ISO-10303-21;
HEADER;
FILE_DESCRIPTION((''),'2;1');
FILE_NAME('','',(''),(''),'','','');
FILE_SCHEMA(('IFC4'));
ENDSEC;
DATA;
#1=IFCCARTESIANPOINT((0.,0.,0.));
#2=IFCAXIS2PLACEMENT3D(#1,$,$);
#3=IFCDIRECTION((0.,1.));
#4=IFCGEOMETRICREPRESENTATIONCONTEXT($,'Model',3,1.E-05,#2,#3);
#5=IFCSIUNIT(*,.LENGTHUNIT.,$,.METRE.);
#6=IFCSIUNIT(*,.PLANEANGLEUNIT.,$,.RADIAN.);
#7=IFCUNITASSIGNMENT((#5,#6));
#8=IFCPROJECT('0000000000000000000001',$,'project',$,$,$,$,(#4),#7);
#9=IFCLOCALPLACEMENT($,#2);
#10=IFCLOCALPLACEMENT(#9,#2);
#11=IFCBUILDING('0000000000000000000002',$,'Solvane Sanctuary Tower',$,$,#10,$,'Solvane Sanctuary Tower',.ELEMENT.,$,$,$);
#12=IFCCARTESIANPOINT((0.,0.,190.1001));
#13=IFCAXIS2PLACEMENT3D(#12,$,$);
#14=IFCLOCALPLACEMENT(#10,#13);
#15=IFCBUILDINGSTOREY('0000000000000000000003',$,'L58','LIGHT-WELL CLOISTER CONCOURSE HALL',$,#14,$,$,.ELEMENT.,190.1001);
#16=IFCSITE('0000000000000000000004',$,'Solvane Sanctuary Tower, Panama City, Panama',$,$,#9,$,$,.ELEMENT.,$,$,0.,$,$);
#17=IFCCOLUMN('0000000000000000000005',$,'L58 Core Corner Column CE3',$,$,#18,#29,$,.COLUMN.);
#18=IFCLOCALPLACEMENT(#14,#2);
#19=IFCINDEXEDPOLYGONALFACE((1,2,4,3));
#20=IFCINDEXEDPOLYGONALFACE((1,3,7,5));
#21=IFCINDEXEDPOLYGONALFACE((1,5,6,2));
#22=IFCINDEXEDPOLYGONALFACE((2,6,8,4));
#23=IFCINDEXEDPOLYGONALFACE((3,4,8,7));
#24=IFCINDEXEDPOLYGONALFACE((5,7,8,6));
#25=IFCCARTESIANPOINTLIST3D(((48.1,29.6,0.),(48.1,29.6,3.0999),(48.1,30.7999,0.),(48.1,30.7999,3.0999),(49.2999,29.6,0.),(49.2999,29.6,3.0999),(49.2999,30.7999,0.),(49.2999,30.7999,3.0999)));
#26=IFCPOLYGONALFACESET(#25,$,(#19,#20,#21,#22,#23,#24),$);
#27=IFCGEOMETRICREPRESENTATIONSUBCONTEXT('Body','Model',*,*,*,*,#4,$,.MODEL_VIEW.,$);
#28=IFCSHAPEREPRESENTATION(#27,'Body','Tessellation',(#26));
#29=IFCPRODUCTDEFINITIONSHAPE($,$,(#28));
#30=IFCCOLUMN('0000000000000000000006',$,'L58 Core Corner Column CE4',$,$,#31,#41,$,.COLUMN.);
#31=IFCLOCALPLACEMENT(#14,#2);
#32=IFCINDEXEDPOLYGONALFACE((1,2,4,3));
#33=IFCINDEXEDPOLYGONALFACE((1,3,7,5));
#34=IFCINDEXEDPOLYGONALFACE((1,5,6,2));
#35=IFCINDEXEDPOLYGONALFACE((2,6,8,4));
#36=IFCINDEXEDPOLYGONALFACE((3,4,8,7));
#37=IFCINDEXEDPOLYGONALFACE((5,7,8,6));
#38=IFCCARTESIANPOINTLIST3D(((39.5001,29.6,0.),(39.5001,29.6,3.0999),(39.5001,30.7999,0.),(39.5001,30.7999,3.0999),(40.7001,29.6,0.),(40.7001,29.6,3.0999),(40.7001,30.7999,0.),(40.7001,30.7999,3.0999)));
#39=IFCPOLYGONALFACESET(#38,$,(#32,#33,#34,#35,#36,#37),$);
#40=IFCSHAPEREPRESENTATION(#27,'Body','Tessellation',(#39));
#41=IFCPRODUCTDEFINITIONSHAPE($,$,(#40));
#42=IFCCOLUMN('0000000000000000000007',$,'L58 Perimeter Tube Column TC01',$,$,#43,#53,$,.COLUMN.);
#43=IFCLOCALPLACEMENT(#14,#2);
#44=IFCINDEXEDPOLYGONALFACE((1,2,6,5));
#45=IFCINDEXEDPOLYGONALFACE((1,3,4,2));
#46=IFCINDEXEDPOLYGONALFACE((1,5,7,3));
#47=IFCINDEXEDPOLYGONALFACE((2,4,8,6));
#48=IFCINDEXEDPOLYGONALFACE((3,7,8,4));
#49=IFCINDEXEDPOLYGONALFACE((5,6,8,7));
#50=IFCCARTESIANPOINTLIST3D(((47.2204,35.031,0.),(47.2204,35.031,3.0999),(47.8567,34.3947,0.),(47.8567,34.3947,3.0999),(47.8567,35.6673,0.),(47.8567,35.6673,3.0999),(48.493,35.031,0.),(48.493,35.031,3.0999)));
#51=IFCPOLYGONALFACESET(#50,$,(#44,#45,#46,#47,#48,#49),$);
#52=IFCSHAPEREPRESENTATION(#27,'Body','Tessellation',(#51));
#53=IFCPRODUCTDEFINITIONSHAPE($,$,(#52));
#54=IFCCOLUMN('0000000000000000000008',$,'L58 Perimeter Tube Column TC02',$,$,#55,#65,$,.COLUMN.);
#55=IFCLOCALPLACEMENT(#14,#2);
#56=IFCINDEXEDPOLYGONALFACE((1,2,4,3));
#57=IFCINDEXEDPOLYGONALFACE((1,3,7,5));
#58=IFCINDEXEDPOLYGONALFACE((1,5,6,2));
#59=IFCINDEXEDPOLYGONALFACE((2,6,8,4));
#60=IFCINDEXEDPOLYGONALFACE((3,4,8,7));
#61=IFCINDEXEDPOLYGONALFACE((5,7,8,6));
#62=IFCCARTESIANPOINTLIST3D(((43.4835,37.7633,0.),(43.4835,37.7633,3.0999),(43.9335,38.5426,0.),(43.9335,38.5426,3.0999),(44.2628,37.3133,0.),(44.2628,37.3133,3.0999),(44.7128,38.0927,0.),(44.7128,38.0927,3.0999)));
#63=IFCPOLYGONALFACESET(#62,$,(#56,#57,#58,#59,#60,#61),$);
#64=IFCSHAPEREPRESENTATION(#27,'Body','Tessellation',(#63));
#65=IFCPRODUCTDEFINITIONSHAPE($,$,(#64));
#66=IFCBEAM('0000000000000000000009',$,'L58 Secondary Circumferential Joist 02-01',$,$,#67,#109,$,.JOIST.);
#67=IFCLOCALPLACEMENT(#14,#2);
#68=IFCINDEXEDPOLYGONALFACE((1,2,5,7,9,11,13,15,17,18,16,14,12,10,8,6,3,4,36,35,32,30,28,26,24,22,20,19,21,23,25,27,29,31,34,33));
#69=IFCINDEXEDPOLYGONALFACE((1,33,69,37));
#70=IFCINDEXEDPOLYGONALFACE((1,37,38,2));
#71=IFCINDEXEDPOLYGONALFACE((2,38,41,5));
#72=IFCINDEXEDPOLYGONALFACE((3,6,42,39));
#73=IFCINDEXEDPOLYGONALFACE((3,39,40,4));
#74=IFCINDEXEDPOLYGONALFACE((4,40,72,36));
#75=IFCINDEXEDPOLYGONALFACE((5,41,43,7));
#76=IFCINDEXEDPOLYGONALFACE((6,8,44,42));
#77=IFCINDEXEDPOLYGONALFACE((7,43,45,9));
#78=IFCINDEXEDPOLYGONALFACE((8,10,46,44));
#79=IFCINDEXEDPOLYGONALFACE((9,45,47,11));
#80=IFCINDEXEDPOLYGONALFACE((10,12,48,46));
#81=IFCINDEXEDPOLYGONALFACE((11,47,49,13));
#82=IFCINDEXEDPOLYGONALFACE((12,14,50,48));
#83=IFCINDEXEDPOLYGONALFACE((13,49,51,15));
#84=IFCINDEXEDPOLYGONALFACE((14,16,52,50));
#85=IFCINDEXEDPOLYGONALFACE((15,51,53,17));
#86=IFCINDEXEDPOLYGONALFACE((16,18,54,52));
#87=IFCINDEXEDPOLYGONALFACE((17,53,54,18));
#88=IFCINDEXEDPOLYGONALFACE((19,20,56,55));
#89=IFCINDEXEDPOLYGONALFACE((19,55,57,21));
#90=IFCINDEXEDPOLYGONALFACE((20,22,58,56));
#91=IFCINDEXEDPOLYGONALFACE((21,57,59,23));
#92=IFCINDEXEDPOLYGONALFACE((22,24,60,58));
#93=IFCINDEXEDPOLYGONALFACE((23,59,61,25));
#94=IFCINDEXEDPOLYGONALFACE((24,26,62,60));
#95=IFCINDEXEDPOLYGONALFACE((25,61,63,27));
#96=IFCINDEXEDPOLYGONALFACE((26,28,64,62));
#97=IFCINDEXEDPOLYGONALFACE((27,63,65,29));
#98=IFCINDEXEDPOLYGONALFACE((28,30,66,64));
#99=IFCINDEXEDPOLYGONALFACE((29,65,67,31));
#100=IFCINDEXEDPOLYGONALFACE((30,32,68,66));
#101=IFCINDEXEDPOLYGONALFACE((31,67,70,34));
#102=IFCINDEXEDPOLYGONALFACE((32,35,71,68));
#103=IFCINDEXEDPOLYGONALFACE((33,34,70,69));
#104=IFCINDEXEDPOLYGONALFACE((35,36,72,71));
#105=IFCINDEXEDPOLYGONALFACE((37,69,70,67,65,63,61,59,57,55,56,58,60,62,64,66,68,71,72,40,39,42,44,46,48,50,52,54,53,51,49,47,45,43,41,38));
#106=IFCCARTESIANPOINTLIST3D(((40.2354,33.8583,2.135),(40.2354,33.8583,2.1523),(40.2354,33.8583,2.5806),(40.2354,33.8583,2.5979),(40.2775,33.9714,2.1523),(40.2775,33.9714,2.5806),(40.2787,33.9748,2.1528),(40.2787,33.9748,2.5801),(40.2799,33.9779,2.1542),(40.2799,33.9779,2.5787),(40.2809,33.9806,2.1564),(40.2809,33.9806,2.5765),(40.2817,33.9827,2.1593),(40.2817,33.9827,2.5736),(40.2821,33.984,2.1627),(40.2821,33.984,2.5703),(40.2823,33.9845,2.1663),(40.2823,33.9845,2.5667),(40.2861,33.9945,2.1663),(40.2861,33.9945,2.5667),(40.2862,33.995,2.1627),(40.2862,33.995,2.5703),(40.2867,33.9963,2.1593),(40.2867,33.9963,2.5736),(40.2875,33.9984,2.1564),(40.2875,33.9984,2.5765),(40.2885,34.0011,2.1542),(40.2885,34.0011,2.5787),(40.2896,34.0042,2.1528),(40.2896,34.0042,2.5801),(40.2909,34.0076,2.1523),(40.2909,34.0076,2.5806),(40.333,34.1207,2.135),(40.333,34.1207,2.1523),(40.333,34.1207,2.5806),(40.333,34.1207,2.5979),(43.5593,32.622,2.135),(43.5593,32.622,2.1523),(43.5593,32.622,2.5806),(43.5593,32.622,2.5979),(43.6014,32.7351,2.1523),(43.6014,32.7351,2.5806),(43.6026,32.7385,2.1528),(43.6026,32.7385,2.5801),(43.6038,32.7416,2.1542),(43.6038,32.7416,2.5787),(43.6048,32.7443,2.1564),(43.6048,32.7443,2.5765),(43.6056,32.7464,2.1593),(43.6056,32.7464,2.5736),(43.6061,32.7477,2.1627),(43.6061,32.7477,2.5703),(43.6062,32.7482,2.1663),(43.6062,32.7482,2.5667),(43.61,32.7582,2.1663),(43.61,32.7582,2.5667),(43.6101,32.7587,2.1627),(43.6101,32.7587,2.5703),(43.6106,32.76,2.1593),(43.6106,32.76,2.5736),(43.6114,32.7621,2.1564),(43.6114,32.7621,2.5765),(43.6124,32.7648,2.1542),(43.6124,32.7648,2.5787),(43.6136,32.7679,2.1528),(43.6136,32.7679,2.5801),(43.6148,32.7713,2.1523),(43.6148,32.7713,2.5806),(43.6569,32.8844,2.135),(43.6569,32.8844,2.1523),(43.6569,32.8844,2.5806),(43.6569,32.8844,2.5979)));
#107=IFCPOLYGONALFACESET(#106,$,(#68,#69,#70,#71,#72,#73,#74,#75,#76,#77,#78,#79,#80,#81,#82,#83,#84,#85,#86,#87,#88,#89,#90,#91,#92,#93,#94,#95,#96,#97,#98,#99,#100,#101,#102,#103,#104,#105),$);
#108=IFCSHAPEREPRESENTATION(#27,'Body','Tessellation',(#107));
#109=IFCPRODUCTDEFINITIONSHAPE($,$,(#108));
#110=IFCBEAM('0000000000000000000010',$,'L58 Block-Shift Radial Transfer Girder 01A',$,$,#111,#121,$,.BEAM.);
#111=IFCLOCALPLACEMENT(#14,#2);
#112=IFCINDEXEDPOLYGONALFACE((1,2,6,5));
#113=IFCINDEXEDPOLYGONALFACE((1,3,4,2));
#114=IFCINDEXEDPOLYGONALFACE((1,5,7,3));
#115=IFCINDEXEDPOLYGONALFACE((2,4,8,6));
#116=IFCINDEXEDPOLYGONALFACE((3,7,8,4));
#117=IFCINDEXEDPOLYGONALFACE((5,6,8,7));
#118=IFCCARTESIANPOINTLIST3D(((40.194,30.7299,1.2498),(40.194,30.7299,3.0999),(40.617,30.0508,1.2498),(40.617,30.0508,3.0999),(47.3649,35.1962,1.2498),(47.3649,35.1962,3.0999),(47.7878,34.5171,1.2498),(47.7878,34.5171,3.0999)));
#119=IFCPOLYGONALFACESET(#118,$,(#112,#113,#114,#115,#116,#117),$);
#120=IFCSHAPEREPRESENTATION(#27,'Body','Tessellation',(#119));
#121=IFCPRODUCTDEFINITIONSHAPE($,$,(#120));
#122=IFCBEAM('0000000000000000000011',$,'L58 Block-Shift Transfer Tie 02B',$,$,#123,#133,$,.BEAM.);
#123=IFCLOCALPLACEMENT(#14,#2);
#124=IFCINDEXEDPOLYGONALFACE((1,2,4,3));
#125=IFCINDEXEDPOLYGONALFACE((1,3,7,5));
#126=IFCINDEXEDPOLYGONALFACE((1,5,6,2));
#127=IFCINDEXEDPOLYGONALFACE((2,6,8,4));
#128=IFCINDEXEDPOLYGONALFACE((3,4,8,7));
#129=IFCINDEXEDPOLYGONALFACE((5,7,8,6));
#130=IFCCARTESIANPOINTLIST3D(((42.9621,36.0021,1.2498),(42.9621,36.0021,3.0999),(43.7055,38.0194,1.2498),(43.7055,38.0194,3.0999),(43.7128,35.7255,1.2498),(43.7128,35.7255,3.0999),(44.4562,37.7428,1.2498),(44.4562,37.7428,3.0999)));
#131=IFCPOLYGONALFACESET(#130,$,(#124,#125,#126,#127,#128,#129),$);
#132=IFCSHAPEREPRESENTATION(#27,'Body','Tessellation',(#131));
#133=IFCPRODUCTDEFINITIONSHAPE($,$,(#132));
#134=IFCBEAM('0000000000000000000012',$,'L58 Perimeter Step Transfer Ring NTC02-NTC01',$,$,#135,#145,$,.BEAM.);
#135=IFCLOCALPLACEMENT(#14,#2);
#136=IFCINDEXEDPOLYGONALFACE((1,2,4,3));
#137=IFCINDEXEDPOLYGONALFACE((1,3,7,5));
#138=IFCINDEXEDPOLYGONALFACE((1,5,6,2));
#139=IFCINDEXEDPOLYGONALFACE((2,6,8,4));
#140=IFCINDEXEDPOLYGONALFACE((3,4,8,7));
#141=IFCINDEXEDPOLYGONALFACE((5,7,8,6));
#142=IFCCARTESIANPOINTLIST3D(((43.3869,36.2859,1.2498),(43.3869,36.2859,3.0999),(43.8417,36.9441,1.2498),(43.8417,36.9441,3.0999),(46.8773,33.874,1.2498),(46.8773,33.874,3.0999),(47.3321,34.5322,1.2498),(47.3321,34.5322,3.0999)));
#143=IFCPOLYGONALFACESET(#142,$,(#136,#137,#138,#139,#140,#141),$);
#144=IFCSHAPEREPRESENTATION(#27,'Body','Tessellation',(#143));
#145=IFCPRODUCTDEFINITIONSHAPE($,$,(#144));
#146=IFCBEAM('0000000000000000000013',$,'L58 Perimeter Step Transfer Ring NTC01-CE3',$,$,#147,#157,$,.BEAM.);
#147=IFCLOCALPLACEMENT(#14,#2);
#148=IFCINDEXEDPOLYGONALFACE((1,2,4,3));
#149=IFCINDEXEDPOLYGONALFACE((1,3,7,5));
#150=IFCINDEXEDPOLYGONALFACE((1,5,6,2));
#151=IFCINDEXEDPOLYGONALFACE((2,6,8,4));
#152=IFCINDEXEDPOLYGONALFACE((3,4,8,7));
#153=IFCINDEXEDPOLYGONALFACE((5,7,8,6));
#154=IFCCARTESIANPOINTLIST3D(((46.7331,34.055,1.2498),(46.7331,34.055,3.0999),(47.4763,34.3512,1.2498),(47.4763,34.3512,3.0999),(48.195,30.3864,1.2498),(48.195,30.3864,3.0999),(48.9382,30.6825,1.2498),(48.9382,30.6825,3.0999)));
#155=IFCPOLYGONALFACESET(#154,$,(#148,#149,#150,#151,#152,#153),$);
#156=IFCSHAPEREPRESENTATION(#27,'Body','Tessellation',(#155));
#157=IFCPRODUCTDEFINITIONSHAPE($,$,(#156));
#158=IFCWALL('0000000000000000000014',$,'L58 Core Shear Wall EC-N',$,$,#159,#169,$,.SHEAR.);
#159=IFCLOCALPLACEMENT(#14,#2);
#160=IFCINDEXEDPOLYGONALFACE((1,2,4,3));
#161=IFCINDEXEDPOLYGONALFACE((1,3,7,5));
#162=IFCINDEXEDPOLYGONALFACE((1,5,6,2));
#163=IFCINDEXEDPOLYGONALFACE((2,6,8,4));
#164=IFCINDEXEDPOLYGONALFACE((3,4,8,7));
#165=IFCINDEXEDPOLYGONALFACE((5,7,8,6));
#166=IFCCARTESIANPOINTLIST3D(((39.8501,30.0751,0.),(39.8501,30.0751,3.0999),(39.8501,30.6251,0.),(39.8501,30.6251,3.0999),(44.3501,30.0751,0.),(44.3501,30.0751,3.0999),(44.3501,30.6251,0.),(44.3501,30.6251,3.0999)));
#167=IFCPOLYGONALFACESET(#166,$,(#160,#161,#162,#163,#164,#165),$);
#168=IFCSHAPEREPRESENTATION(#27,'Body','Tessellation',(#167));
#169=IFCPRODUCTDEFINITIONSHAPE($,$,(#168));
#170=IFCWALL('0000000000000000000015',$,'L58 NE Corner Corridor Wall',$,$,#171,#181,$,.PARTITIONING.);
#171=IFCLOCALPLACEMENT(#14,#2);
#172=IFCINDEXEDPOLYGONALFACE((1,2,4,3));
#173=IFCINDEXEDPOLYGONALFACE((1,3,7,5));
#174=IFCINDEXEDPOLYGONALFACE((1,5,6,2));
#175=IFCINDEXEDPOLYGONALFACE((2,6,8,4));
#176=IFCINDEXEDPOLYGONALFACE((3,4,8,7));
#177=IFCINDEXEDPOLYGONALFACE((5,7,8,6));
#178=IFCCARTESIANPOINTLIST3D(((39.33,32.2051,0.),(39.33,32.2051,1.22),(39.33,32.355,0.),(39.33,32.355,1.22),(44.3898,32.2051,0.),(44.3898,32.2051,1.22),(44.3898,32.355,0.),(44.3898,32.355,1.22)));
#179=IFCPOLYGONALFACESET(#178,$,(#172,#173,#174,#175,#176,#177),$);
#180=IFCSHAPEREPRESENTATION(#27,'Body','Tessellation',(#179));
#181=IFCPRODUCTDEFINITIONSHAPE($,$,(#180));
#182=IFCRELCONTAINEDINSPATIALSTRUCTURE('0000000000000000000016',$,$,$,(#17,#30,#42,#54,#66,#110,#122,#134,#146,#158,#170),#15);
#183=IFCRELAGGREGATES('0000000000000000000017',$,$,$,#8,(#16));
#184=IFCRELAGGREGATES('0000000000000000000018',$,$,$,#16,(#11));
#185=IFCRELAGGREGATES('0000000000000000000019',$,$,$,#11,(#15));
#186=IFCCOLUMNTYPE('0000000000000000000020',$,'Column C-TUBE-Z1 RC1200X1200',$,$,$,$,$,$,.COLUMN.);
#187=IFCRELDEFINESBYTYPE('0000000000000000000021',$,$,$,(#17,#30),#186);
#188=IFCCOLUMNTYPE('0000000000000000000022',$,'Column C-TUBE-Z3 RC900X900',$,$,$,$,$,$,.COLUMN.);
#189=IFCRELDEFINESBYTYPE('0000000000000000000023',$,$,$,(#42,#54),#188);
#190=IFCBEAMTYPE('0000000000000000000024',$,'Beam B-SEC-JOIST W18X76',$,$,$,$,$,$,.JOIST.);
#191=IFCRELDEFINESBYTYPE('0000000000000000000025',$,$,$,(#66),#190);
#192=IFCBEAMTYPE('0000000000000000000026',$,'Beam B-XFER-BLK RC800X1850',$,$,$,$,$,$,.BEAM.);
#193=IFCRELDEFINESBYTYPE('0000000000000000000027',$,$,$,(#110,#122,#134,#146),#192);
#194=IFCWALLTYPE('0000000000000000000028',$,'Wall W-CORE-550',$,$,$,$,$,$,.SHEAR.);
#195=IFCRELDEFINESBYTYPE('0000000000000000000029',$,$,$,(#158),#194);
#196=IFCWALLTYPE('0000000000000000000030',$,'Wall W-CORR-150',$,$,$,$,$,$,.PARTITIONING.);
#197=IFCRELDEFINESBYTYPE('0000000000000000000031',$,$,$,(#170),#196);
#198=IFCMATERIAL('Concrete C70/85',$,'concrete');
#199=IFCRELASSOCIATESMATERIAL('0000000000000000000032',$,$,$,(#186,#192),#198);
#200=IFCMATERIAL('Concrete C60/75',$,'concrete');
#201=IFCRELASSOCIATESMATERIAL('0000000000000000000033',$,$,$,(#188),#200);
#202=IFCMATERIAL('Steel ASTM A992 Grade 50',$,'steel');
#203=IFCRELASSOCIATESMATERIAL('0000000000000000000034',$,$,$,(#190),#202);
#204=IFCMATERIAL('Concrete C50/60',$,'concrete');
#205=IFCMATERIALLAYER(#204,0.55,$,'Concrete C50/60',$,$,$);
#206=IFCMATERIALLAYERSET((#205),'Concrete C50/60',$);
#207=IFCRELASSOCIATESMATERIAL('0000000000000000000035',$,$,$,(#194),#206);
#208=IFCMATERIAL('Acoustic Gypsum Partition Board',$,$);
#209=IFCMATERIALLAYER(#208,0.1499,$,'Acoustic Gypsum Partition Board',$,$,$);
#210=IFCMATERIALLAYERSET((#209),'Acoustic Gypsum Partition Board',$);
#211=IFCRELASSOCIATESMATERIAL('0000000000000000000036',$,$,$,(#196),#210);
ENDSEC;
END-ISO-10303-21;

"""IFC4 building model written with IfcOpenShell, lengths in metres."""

from ifc_helpers import new_model, si_unit, direction, frame, frame_2d, origin, origin_2d, place, context, subcontext, project, spatial, rectangle, i_section, extrude, material, layer, layer_set, material_profile, profile_set, type_object, element, save


model = new_model("IFC4")

# Units and contexts
model_context = context("Model", 3, precision=1e-05, world=origin(), true_north=direction((0.0, 1.0)))
body_context = subcontext(model_context, "Body", "Model", "MODEL_VIEW")
ifc_project = project(units=[si_unit("LENGTHUNIT", "METRE"), si_unit("PLANEANGLEUNIT", "RADIAN")], contexts=[model_context])

# Site, building, storey
site_placement = place(None, origin())
site = spatial("IfcSite", under=ifc_project, at=site_placement, Name="Solvane Sanctuary Tower, Panama City, Panama", CompositionType="ELEMENT", RefElevation=0.0)
building_placement = place(site_placement, origin())
building = spatial("IfcBuilding", under=site, at=building_placement, Name="Solvane Sanctuary Tower", LongName="Solvane Sanctuary Tower", CompositionType="ELEMENT")
storey_placement = place(building_placement, frame((0.0, 0.0, 190.1001)))
storey = spatial("IfcBuildingStorey", under=building, at=storey_placement, Name="L58", Description="LIGHT-WELL CLOISTER CONCOURSE HALL", CompositionType="ELEMENT", Elevation=190.1001)

# Columns
ifc_material_1 = material(Name="Concrete C70/85", Category="concrete")
ifc_material_profile_1 = material_profile(ifc_material_1, rectangle(XDim=1.2, YDim=1.2, at=origin_2d()), Name="RC1200X1200")
ifc_profile_set_1 = profile_set([ifc_material_profile_1], Name="Concrete C70/85")
column_type_1 = type_object("IfcColumnType", Name="Column C-TUBE-Z1 RC1200X1200", PredefinedType="COLUMN", material=ifc_profile_set_1)
for number, where, z_axis, x_axis, name in (
    (1, (48.7, 30.2, 0.0), (0.0, 0.0, 1.0), (1.0, 0.0, 0.0), "L58 Core Corner Column CE3"),
    (2, (40.1001, 30.2, 0.0), (0.0, 0.0, 1.0), (1.0, 0.0, 0.0), "L58 Core Corner Column CE4"),
):
    element("IfcColumn", number, at=place(storey_placement, frame(where, z_axis=z_axis, x_axis=x_axis)), inside=storey, type_object=column_type_1, Name=name, PredefinedType="COLUMN", context=body_context, shape_type="SweptSolid", body=[
        extrude(rectangle(XDim=1.2, YDim=1.2, at=origin_2d()), origin(), (0.0, 0.0, 1.0), 3.0999),
    ])
ifc_material_2 = material(Name="Concrete C60/75", Category="concrete")
ifc_material_profile_2 = material_profile(ifc_material_2, rectangle(XDim=0.8999, YDim=0.8999, at=origin_2d()), Name="RC900X900")
ifc_profile_set_2 = profile_set([ifc_material_profile_2], Name="Concrete C60/75")
column_type_2 = type_object("IfcColumnType", Name="Column C-TUBE-Z3 RC900X900", PredefinedType="COLUMN", material=ifc_profile_set_2)
for number, where, z_axis, x_axis, name in (
    (3, (47.8567, 35.031, 0.0), (0.0, 0.0, 1.0), (0.707107, 0.707107, 0.0), "L58 Perimeter Tube Column TC01"),
    (4, (44.0981, 37.928, 0.0), (0.0, 0.0, 1.0), (0.5, 0.866025, 0.0), "L58 Perimeter Tube Column TC02"),
):
    element("IfcColumn", number, at=place(storey_placement, frame(where, z_axis=z_axis, x_axis=x_axis)), inside=storey, type_object=column_type_2, Name=name, PredefinedType="COLUMN", context=body_context, shape_type="SweptSolid", body=[
        extrude(rectangle(XDim=0.8999, YDim=0.8999, at=origin_2d()), origin(), (0.0, 0.0, 1.0), 3.0999),
    ])

# Beams
ifc_material_3 = material(Name="Steel ASTM A992 Grade 50", Category="steel")
ifc_material_profile_3 = material_profile(ifc_material_3, i_section(OverallWidth=0.28, OverallDepth=0.4629, WebThickness=0.0107, FlangeThickness=0.0173, FilletRadius=0.0139, at=origin_2d()), Name="W18X76")
ifc_profile_set_3 = profile_set([ifc_material_profile_3], Name="Steel ASTM A992 Grade 50")
beam_type_1 = type_object("IfcBeamType", Name="Beam B-SEC-JOIST W18X76", PredefinedType="JOIST", material=ifc_profile_set_3)
beam_1_placement = place(storey_placement, frame((40.2842, 33.9895, 2.3665), z_axis=(0.937268, -0.34861, 0.0), x_axis=(0.34861, 0.937268, 0.0)))
element("IfcBeam", 5, at=beam_1_placement, inside=storey, type_object=beam_type_1, Name="L58 Secondary Circumferential Joist 02-01", PredefinedType="JOIST", context=body_context, shape_type="SweptSolid", body=[
    extrude(i_section(OverallWidth=0.28, OverallDepth=0.4629, WebThickness=0.0107, FlangeThickness=0.0173, FilletRadius=0.0139, at=origin_2d()), origin(), (0.0, 0.0, 1.0), 3.5464),
])
ifc_material_profile_4 = material_profile(ifc_material_1, rectangle(XDim=0.8, YDim=1.8501, at=origin_2d()), Name="RC800X1850")
ifc_profile_set_4 = profile_set([ifc_material_profile_4], Name="Concrete C70/85")
beam_type_2 = type_object("IfcBeamType", Name="Beam B-XFER-BLK RC800X1850", PredefinedType="BEAM", material=ifc_profile_set_4)
beam_2_placement = place(storey_placement, frame((40.4055, 30.3904, 2.1748), z_axis=(0.848822, 0.528679, 0.0), x_axis=(-0.528679, 0.848822, 0.0)))
element("IfcBeam", 6, at=beam_2_placement, inside=storey, type_object=beam_type_2, Name="L58 Block-Shift Radial Transfer Girder 01A", PredefinedType="BEAM", context=body_context, shape_type="SweptSolid", body=[
    extrude(rectangle(XDim=0.8, YDim=1.8501, at=origin_2d()), origin(), (0.0, 0.0, 1.0), 8.448),
])
beam_3_placement = place(storey_placement, frame((44.0808, 37.8811, 2.1748), z_axis=(-0.345779, -0.938316, 0.0), x_axis=(0.938316, -0.345779, 0.0)))
element("IfcBeam", 7, at=beam_3_placement, inside=storey, type_object=beam_type_2, Name="L58 Block-Shift Transfer Tie 02B", PredefinedType="BEAM", context=body_context, shape_type="SweptSolid", body=[
    extrude(rectangle(XDim=0.8, YDim=1.8501, at=origin_2d()), origin(), (0.0, 0.0, 1.0), 2.1499),
])
beam_4_placement = place(storey_placement, frame((43.6143, 36.615, 2.1748), z_axis=(0.822701, -0.568474, 0.0), x_axis=(0.568474, 0.822701, 0.0)))
element("IfcBeam", 8, at=beam_4_placement, inside=storey, type_object=beam_type_2, Name="L58 Perimeter Step Transfer Ring NTC02-NTC01", PredefinedType="BEAM", context=body_context, shape_type="SweptSolid", body=[
    extrude(rectangle(XDim=0.8, YDim=1.8501, at=origin_2d()), origin(), (0.0, 0.0, 1.0), 4.2427),
])
beam_5_placement = place(storey_placement, frame((47.1047, 34.2031, 2.1748), z_axis=(0.370175, -0.928962, 0.0), x_axis=(0.928962, 0.370175, 0.0)))
element("IfcBeam", 9, at=beam_5_placement, inside=storey, type_object=beam_type_2, Name="L58 Perimeter Step Transfer Ring NTC01-CE3", PredefinedType="BEAM", context=body_context, shape_type="SweptSolid", body=[
    extrude(rectangle(XDim=0.8, YDim=1.8501, at=origin_2d()), origin(), (0.0, 0.0, 1.0), 3.9492),
])

# Walls
ifc_material_4 = material(Name="Concrete C50/60", Category="concrete")
ifc_layer_1 = layer(ifc_material_4, 0.55, Name="Concrete C50/60")
ifc_layer_set_1 = layer_set([ifc_layer_1], Name="Concrete C50/60")
wall_type_1 = type_object("IfcWallType", Name="Wall W-CORE-550", PredefinedType="SHEAR", material=ifc_layer_set_1)
wall_1_placement = place(storey_placement, frame((39.8501, 30.3501, 0.0), z_axis=(0.0, 0.0, 1.0), x_axis=(1.0, 0.0, 0.0)))
element("IfcWall", 10, at=wall_1_placement, inside=storey, type_object=wall_type_1, Name="L58 Core Shear Wall EC-N", PredefinedType="SHEAR", context=body_context, shape_type="SweptSolid", body=[
    extrude(rectangle(XDim=4.5, YDim=0.55, at=frame_2d((2.25, 0.0))), origin(), (0.0, 0.0, 1.0), 3.0999),
])
ifc_material_5 = material(Name="Acoustic Gypsum Partition Board")
ifc_layer_2 = layer(ifc_material_5, 0.1499, Name="Acoustic Gypsum Partition Board")
ifc_layer_set_2 = layer_set([ifc_layer_2], Name="Acoustic Gypsum Partition Board")
wall_type_2 = type_object("IfcWallType", Name="Wall W-CORR-150", PredefinedType="PARTITIONING", material=ifc_layer_set_2)
wall_2_placement = place(storey_placement, frame((39.3301, 32.28, 0.0), z_axis=(0.0, 0.0, 1.0), x_axis=(1.0, 0.0, 0.0)))
element("IfcWall", 11, at=wall_2_placement, inside=storey, type_object=wall_type_2, Name="L58 NE Corner Corridor Wall", PredefinedType="PARTITIONING", context=body_context, shape_type="SweptSolid", body=[
    extrude(rectangle(XDim=5.0598, YDim=0.1499, at=frame_2d((2.5298, 0.0))), origin(), (0.0, 0.0, 1.0), 1.22),
])

save(model, "model.ifc")
